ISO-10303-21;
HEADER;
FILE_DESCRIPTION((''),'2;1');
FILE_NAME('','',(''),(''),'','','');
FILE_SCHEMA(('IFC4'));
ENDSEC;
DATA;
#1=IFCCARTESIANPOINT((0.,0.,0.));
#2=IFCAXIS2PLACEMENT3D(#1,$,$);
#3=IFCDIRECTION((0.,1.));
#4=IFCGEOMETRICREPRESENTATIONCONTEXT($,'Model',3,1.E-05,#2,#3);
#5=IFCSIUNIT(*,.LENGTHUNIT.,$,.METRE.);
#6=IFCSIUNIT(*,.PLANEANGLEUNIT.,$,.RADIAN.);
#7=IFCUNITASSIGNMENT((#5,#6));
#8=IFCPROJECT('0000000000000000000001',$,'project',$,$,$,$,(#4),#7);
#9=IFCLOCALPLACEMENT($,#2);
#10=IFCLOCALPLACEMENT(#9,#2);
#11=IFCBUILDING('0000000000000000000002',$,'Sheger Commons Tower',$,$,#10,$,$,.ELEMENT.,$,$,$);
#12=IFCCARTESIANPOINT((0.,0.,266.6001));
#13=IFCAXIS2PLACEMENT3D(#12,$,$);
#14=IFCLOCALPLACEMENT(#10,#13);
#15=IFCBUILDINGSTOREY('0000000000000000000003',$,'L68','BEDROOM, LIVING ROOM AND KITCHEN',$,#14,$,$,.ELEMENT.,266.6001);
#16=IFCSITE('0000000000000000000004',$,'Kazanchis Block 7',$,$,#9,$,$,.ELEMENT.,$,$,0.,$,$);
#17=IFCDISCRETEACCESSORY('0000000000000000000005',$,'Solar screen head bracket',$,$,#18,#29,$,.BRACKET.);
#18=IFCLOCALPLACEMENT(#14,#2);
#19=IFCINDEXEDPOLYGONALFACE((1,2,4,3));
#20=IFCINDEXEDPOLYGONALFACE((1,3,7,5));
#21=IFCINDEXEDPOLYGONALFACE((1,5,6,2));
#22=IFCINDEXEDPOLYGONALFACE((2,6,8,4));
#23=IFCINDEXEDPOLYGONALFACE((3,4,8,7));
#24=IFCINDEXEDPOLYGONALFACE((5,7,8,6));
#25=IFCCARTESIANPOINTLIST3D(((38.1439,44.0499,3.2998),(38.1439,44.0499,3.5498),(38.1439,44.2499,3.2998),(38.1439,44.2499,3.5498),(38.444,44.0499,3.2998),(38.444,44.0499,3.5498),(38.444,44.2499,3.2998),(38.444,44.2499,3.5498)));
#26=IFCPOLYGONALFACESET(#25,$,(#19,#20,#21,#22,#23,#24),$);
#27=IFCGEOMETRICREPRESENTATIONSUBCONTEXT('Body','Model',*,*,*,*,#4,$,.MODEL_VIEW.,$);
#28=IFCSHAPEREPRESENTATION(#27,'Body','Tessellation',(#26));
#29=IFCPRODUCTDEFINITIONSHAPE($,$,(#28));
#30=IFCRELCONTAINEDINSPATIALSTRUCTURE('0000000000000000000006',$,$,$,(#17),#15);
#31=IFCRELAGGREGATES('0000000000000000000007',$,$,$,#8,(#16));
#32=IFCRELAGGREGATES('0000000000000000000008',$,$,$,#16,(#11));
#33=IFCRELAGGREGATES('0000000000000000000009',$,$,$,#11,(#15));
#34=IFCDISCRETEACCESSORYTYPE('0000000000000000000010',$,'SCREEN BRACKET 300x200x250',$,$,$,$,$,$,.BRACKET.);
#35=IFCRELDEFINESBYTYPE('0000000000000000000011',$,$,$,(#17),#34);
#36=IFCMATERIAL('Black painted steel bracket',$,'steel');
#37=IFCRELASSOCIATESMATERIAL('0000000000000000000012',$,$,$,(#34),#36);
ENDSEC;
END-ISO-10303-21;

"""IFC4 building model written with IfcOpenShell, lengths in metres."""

from ifc_helpers import new_model, si_unit, direction, frame, origin, origin_2d, place, context, subcontext, project, spatial, rectangle, extrude, material, type_object, element, save


model = new_model("IFC4")

# Units and contexts
model_context = context("Model", 3, precision=1e-05, world=origin(), true_north=direction((0.0, 1.0)))
body_context = subcontext(model_context, "Body", "Model", "MODEL_VIEW")
ifc_project = project(units=[si_unit("LENGTHUNIT", "METRE"), si_unit("PLANEANGLEUNIT", "RADIAN")], contexts=[model_context])

# Site, building, storey
site_placement = place(None, origin())
site = spatial("IfcSite", under=ifc_project, at=site_placement, Name="Kazanchis Block 7", CompositionType="ELEMENT", RefElevation=0.0)
building_placement = place(site_placement, origin())
building = spatial("IfcBuilding", under=site, at=building_placement, Name="Sheger Commons Tower", CompositionType="ELEMENT")
storey_placement = place(building_placement, frame((0.0, 0.0, 266.6001)))
storey = spatial("IfcBuildingStorey", under=building, at=storey_placement, Name="L68", Description="BEDROOM, LIVING ROOM AND KITCHEN", CompositionType="ELEMENT", Elevation=266.6001)

# Discrete accessory
ifc_material_1 = material(Name="Black painted steel bracket", Category="steel")
discrete_accessory_type = type_object("IfcDiscreteAccessoryType", Name="SCREEN BRACKET 300x200x250", PredefinedType="BRACKET", material=ifc_material_1)
for number, where, z_axis, x_axis, name in (
    (1, (38.2939, 44.1499, 3.2998), (0.0, 0.0, 1.0), (-1.0, 0.0, 0.0), "Solar screen head bracket"),
):
    element("IfcDiscreteAccessory", number, at=place(storey_placement, frame(where, z_axis=z_axis, x_axis=x_axis)), inside=storey, type_object=discrete_accessory_type, Name=name, PredefinedType="BRACKET", context=body_context, shape_type="SweptSolid", body=[
        extrude(rectangle(XDim=0.3, YDim=0.2, at=origin_2d()), origin(), (0.0, 0.0, 1.0), 0.25),
    ])

save(model, "model.ifc")
